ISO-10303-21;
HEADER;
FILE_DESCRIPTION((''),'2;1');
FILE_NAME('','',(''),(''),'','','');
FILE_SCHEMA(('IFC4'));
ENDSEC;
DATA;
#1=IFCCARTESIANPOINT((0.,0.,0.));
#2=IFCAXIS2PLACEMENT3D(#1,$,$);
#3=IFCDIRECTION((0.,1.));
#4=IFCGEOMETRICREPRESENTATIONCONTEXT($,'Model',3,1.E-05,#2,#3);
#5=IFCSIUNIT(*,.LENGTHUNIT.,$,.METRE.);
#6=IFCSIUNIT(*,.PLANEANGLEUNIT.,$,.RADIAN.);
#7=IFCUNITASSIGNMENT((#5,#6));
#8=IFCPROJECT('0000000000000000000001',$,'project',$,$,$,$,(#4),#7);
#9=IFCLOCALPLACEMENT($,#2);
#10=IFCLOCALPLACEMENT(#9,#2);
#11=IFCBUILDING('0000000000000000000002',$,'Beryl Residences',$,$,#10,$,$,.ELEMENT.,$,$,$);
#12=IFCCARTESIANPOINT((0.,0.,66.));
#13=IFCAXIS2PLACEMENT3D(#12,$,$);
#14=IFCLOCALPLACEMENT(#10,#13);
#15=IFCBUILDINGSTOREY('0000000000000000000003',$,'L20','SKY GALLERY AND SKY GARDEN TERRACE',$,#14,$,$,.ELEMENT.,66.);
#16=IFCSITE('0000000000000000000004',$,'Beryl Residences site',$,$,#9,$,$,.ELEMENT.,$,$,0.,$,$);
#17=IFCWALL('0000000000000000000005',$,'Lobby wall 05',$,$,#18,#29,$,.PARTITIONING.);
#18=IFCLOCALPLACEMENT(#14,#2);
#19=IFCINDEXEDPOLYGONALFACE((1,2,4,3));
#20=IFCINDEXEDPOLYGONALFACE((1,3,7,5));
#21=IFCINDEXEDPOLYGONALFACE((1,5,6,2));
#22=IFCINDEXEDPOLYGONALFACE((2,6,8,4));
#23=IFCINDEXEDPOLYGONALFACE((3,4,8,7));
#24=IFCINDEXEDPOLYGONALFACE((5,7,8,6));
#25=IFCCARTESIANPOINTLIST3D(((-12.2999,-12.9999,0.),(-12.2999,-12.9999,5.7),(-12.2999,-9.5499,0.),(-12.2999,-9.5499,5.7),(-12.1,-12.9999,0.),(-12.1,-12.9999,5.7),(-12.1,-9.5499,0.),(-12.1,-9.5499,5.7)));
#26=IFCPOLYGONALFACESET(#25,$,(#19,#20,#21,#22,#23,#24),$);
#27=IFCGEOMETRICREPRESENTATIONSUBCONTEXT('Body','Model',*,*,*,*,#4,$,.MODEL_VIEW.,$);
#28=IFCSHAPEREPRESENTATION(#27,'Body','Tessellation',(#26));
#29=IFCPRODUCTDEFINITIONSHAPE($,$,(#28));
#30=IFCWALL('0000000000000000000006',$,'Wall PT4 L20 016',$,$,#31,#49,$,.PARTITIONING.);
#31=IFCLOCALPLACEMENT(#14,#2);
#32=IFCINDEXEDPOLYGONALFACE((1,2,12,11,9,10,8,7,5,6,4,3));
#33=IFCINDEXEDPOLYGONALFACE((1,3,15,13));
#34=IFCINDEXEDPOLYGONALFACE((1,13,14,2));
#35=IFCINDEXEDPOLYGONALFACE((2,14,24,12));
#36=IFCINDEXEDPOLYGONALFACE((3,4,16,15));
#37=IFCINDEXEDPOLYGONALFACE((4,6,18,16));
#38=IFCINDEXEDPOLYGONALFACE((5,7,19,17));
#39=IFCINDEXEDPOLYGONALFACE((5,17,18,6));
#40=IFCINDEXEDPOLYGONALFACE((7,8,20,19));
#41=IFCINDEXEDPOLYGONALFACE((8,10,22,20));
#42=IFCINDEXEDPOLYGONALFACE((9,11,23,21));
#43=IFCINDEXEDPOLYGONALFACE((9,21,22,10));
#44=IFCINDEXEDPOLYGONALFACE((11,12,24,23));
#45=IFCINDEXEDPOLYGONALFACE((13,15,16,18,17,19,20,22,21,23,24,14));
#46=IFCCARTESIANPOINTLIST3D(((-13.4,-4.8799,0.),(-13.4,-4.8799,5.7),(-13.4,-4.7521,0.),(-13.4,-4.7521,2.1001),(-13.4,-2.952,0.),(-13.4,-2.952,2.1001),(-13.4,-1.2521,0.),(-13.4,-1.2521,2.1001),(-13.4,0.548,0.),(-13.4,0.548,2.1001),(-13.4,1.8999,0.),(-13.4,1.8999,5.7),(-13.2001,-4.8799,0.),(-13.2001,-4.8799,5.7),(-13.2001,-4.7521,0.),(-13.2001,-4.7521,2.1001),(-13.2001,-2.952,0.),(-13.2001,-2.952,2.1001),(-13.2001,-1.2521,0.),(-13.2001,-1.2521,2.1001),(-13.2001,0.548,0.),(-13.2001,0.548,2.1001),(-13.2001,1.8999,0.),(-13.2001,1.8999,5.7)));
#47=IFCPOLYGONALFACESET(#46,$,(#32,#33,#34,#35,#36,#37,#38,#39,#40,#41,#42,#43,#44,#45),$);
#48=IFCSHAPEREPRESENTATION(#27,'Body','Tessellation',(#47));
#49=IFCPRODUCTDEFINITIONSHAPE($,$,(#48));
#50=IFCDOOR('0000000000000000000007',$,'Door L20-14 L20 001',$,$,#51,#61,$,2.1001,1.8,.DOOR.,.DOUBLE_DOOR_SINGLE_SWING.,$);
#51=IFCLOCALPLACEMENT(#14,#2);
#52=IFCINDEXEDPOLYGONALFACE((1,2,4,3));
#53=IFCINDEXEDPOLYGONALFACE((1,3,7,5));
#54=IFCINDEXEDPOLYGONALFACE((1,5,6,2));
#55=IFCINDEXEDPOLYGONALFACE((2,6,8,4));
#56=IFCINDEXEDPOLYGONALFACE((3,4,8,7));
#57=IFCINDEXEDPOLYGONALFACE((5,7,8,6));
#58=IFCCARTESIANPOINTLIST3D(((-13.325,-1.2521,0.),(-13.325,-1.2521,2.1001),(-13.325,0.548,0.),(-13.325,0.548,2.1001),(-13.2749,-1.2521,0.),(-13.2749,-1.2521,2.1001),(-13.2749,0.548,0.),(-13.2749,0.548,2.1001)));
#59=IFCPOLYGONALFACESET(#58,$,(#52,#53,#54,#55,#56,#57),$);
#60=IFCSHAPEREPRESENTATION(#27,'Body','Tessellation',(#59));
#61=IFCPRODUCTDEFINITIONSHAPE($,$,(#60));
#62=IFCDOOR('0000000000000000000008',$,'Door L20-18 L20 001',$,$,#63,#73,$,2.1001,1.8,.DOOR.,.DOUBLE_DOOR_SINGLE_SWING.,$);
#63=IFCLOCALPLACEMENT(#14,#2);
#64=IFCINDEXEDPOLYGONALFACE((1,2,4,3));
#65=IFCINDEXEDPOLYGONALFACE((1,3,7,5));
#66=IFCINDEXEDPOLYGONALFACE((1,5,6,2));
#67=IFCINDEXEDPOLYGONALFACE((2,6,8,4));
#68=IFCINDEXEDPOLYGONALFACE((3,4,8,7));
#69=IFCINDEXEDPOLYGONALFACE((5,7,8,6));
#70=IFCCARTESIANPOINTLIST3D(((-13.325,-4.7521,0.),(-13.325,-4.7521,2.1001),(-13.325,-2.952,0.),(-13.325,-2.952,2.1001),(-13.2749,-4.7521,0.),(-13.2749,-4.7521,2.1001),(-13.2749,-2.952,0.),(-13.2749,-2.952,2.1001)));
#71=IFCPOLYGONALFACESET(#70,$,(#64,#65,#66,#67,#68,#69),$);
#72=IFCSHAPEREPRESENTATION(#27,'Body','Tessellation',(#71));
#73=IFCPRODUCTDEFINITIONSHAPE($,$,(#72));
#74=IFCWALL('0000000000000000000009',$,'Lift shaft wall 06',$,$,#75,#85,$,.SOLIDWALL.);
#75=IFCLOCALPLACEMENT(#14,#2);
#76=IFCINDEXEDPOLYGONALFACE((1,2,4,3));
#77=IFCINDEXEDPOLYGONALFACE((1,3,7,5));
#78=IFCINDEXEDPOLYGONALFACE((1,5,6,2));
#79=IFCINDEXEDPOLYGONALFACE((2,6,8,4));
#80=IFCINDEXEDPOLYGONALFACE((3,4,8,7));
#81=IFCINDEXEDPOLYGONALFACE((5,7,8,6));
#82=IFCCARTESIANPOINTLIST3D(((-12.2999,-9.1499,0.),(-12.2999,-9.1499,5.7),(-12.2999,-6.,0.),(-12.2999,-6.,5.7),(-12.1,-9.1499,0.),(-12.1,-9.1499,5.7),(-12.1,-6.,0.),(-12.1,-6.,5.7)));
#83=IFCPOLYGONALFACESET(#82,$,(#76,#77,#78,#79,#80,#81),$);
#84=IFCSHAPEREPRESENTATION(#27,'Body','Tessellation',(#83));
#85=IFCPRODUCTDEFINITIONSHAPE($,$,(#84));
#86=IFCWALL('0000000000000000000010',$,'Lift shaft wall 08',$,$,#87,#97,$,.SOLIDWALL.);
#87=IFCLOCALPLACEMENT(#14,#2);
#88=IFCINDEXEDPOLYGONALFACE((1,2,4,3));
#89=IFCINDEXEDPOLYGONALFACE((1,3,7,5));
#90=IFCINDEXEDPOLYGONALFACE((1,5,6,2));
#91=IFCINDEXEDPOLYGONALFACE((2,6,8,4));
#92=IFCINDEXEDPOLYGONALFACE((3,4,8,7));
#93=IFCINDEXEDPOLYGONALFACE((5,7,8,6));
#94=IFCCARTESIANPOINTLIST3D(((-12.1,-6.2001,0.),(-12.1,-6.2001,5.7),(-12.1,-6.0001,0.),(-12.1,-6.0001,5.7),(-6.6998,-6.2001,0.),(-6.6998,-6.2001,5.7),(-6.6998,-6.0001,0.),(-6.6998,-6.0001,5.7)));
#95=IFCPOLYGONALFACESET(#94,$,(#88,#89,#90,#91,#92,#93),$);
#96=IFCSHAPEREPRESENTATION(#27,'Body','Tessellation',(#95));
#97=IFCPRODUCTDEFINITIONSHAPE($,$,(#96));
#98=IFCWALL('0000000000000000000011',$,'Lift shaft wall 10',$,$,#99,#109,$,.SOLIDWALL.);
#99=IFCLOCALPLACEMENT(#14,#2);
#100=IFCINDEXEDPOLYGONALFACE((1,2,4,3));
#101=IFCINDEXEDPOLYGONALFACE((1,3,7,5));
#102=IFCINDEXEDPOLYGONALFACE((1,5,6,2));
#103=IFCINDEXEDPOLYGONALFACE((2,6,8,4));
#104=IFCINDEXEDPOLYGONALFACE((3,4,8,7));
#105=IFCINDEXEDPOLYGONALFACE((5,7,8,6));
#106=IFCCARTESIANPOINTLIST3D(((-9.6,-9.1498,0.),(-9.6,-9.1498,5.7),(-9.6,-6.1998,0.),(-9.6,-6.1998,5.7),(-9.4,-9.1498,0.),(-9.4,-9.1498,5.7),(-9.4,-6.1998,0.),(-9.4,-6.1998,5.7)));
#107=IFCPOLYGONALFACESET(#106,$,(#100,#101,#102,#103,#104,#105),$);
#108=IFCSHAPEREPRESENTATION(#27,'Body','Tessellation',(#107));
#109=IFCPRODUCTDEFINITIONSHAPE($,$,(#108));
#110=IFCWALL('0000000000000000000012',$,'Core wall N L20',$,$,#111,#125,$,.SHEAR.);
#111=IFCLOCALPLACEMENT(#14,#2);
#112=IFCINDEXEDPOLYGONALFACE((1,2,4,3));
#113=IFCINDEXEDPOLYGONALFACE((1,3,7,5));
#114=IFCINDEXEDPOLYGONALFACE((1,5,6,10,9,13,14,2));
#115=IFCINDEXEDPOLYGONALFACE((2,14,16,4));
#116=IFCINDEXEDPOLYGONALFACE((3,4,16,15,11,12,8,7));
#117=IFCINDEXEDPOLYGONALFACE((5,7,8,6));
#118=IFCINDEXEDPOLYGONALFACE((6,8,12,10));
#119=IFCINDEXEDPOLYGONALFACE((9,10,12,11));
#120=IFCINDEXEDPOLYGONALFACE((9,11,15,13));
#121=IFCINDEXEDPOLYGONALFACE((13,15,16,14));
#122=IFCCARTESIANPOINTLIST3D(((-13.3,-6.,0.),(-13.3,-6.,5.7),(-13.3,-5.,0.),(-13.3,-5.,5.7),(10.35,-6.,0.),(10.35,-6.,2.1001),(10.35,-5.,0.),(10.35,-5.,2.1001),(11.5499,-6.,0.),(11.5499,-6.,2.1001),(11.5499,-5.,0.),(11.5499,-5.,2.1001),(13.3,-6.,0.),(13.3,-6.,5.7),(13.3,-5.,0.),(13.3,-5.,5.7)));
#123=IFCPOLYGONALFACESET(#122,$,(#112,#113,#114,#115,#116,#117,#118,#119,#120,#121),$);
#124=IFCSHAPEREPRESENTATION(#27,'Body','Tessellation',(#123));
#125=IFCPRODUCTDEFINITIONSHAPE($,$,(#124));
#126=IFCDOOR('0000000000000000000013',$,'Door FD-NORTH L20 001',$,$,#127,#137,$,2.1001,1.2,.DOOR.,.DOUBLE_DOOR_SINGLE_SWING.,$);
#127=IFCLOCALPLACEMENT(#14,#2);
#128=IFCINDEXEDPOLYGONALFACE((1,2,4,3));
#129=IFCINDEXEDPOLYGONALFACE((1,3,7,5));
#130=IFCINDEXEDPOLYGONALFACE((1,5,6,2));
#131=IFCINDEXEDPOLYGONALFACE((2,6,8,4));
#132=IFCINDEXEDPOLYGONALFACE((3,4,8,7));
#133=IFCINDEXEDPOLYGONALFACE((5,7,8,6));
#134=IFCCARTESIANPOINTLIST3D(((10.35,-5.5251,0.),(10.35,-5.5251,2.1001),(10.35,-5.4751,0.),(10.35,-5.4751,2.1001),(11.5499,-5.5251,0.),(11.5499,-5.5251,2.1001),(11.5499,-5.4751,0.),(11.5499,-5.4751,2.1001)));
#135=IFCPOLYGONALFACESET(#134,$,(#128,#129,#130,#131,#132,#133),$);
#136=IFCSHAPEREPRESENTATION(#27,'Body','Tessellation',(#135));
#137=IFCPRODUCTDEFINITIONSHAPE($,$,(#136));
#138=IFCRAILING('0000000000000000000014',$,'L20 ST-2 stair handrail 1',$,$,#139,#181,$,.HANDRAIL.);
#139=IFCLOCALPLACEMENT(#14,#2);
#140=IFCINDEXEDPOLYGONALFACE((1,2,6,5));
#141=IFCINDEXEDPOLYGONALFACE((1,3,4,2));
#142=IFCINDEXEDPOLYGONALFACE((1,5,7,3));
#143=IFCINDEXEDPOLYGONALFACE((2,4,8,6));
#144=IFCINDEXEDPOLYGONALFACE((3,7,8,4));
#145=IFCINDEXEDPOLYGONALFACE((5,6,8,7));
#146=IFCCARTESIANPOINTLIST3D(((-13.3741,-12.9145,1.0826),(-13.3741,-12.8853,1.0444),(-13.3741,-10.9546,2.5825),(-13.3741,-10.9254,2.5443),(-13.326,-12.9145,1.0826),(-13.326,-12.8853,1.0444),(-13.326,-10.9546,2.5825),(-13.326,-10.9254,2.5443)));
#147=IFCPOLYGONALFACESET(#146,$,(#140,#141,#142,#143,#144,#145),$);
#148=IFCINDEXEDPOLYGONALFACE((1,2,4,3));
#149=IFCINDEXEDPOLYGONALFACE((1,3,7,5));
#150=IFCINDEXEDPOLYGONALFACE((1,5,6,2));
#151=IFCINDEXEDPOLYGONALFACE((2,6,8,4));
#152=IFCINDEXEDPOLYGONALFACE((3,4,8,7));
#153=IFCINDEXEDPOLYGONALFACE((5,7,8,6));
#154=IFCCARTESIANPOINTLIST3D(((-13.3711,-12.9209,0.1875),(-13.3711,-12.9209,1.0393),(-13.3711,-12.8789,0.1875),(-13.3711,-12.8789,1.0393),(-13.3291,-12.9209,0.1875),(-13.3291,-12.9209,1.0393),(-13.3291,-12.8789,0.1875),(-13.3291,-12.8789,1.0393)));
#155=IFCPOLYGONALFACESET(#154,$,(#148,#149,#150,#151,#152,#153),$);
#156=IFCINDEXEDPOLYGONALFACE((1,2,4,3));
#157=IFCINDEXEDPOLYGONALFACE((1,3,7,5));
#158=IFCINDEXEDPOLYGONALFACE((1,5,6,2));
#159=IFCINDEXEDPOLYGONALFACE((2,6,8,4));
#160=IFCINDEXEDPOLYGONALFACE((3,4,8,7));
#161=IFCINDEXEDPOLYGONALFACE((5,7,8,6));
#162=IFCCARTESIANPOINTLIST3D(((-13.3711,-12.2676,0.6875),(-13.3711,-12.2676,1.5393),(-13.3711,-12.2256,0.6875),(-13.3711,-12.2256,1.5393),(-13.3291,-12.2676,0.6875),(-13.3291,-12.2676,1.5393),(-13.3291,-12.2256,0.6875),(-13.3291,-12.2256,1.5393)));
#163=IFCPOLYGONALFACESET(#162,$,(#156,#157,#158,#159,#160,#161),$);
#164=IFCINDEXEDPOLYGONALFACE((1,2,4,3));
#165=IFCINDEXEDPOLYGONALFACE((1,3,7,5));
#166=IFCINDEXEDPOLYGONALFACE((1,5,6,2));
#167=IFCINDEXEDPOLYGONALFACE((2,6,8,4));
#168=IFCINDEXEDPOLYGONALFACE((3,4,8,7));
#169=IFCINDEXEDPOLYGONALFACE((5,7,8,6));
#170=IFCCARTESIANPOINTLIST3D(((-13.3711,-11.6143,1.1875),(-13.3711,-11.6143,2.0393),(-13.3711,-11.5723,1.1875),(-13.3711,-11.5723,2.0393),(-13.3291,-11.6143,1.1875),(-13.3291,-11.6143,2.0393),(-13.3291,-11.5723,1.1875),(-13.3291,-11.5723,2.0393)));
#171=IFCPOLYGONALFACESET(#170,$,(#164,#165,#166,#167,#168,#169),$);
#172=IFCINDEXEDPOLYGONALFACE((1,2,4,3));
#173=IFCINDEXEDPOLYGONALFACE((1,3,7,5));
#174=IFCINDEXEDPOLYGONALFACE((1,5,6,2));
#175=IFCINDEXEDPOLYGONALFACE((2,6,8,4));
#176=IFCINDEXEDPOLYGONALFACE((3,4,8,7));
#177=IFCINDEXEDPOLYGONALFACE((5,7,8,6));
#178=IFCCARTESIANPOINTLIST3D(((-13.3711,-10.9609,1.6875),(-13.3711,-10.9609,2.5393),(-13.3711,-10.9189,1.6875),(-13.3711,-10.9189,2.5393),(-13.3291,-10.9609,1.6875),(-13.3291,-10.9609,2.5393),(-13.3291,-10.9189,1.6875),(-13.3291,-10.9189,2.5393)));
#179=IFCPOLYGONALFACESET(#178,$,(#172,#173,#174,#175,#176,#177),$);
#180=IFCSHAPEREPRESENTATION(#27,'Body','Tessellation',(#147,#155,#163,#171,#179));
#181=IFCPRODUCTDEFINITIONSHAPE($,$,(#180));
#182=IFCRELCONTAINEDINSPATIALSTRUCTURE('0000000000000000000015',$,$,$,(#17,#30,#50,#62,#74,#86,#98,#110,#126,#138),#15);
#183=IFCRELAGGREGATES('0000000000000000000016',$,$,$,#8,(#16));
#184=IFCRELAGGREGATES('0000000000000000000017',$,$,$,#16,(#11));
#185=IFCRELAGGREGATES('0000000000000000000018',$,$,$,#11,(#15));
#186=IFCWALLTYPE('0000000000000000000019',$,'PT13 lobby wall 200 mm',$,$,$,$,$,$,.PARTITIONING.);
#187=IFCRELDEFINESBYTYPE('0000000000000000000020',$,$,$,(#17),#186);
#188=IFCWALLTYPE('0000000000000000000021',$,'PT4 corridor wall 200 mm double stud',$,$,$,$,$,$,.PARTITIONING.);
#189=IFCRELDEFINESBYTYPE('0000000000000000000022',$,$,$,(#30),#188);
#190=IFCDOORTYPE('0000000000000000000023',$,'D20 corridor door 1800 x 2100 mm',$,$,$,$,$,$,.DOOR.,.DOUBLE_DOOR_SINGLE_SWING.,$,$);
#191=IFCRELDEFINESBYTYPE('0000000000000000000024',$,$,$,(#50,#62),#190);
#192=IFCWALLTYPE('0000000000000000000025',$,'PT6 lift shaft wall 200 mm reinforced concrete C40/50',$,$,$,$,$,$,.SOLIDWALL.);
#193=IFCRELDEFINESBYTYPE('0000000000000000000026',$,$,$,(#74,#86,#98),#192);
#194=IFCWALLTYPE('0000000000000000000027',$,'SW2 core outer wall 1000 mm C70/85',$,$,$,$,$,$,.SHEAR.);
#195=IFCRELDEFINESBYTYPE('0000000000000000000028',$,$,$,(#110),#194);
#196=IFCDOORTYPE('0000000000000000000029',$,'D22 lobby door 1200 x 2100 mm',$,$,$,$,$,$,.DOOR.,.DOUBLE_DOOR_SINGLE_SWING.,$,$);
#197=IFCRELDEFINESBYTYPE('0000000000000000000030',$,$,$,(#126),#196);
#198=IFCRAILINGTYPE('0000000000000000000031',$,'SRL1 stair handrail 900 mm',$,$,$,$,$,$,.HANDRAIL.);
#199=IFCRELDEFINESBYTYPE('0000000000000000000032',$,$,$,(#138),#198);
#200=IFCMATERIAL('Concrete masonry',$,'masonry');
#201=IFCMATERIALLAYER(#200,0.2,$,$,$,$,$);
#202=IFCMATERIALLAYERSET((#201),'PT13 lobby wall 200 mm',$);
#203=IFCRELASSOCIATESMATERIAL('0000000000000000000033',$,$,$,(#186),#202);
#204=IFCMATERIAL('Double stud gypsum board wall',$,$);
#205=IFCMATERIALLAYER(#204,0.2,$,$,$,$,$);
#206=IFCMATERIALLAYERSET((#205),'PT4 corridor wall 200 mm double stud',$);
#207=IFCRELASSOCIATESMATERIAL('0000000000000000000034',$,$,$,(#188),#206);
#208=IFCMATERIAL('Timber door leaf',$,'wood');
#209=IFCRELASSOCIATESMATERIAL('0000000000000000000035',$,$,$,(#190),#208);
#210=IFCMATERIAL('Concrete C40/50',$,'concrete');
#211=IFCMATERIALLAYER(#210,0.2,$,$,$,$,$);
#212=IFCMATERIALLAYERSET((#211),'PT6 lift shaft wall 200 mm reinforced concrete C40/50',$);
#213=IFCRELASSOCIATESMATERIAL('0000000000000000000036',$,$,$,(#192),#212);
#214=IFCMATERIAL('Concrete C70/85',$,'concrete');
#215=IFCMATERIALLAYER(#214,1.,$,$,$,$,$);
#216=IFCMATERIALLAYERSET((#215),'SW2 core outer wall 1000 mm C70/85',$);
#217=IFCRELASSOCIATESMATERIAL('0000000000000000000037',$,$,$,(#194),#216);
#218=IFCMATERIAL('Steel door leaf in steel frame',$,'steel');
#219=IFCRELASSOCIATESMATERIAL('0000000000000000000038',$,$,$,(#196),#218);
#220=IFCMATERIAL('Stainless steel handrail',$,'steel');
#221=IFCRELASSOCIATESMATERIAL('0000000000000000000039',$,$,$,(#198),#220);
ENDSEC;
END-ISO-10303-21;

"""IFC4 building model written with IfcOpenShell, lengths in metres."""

from ifc_helpers import new_model, si_unit, direction, frame, frame_2d, origin, origin_2d, place, context, subcontext, project, spatial, rectangle, extrude, material, layer, layer_set, type_object, element, fill, save


model = new_model("IFC4")

# Units and contexts
model_context = context("Model", 3, precision=1e-05, world=origin(), true_north=direction((0.0, 1.0)))
body_context = subcontext(model_context, "Body", "Model", "MODEL_VIEW")
ifc_project = project(units=[si_unit("LENGTHUNIT", "METRE"), si_unit("PLANEANGLEUNIT", "RADIAN")], contexts=[model_context])

# Site, building, storey
site_placement = place(None, origin())
site = spatial("IfcSite", under=ifc_project, at=site_placement, Name="Beryl Residences site", CompositionType="ELEMENT", RefElevation=0.0)
building_placement = place(site_placement, origin())
building = spatial("IfcBuilding", under=site, at=building_placement, Name="Beryl Residences", CompositionType="ELEMENT")
storey_placement = place(building_placement, frame((0.0, 0.0, 66.0)))
storey = spatial("IfcBuildingStorey", under=building, at=storey_placement, Name="L20", Description="SKY GALLERY AND SKY GARDEN TERRACE", CompositionType="ELEMENT", Elevation=66.0)

# Wall
ifc_material_1 = material(Name="Concrete masonry", Category="masonry")
ifc_layer_1 = layer(ifc_material_1, 0.2)
ifc_layer_set_1 = layer_set([ifc_layer_1], Name="PT13 lobby wall 200 mm")
wall_type_1 = type_object("IfcWallType", Name="PT13 lobby wall 200 mm", PredefinedType="PARTITIONING", material=ifc_layer_set_1)
wall_1_placement = place(storey_placement, frame((-12.2, -13.0, 0.0), z_axis=(0.0, 0.0, 1.0), x_axis=(0.0, 1.0, 0.0)))
element("IfcWall", 1, at=wall_1_placement, inside=storey, type_object=wall_type_1, Name="Lobby wall 05", PredefinedType="PARTITIONING", context=body_context, shape_type="SweptSolid", body=[
    extrude(rectangle(XDim=3.45, YDim=0.2, at=frame_2d((1.7251, 0.0))), origin(), (0.0, 0.0, 1.0), 5.7),
])

# Wall, openings, doors
ifc_material_2 = material(Name="Double stud gypsum board wall")
ifc_layer_2 = layer(ifc_material_2, 0.2)
ifc_layer_set_2 = layer_set([ifc_layer_2], Name="PT4 corridor wall 200 mm double stud")
wall_type_2 = type_object("IfcWallType", Name="PT4 corridor wall 200 mm double stud", PredefinedType="PARTITIONING", material=ifc_layer_set_2)
wall_2_placement = place(storey_placement, frame((-13.3, -4.8799, 0.0), z_axis=(0.0, 0.0, 1.0), x_axis=(0.0, 1.0, 0.0)))
wall_2 = element("IfcWall", 2, at=wall_2_placement, inside=storey, type_object=wall_type_2, Name="Wall PT4 L20 016", PredefinedType="PARTITIONING", context=body_context, shape_type="SweptSolid", body=[
    extrude(rectangle(XDim=6.7798, YDim=0.2, at=frame_2d((3.3899, 0.0))), origin(), (0.0, 0.0, 1.0), 5.7),
])
opening_1_placement = place(wall_2_placement, frame((3.6279, 0.0, 0.0)))
opening_1 = element("IfcOpeningElement", 3, at=opening_1_placement, cuts=wall_2, PredefinedType="OPENING", context=body_context, shape_type="SweptSolid", body=[
    extrude(rectangle(XDim=1.8, YDim=2.1001, at=frame_2d((0.8999, 1.05))), frame((0.0, 0.1099, 0.0), z_axis=(0.0, -1.0, 0.0), x_axis=(1.0, 0.0, 0.0)), (0.0, 0.0, 1.0), 0.22),
])
opening_2_placement = place(wall_2_placement, frame((0.1279, 0.0, 0.0)))
opening_2 = element("IfcOpeningElement", 4, at=opening_2_placement, cuts=wall_2, PredefinedType="OPENING", context=body_context, shape_type="SweptSolid", body=[
    extrude(rectangle(XDim=1.8, YDim=2.1001, at=frame_2d((0.8999, 1.05))), frame((0.0, 0.1099, 0.0), z_axis=(0.0, -1.0, 0.0), x_axis=(1.0, 0.0, 0.0)), (0.0, 0.0, 1.0), 0.22),
])
ifc_material_3 = material(Name="Timber door leaf", Category="wood")
door_type_1 = type_object("IfcDoorType", Name="D20 corridor door 1800 x 2100 mm", OperationType="DOUBLE_DOOR_SINGLE_SWING", PredefinedType="DOOR", material=ifc_material_3)
door_1_placement = place(opening_1_placement, origin())
door_1 = element("IfcDoor", 5, at=door_1_placement, inside=storey, type_object=door_type_1, Name="Door L20-14 L20 001", OperationType="DOUBLE_DOOR_SINGLE_SWING", OverallHeight=2.1001, OverallWidth=1.8, PredefinedType="DOOR", context=body_context, shape_type="SweptSolid", body=[
    extrude(rectangle(XDim=1.8, YDim=2.1001, at=frame_2d((0.8999, 1.05))), frame((0.0, 0.0249, 0.0), z_axis=(0.0, -1.0, 0.0), x_axis=(1.0, 0.0, 0.0)), (0.0, 0.0, 1.0), 0.05),
])
fill(opening_1, door_1)
door_2_placement = place(opening_2_placement, origin())
door_2 = element("IfcDoor", 6, at=door_2_placement, inside=storey, type_object=door_type_1, Name="Door L20-18 L20 001", OperationType="DOUBLE_DOOR_SINGLE_SWING", OverallHeight=2.1001, OverallWidth=1.8, PredefinedType="DOOR", context=body_context, shape_type="SweptSolid", body=[
    extrude(rectangle(XDim=1.8, YDim=2.1001, at=frame_2d((0.8999, 1.05))), frame((0.0, 0.0249, 0.0), z_axis=(0.0, -1.0, 0.0), x_axis=(1.0, 0.0, 0.0)), (0.0, 0.0, 1.0), 0.05),
])
fill(opening_2, door_2)

# Walls
ifc_material_4 = material(Name="Concrete C40/50", Category="concrete")
ifc_layer_3 = layer(ifc_material_4, 0.2)
ifc_layer_set_3 = layer_set([ifc_layer_3], Name="PT6 lift shaft wall 200 mm reinforced concrete C40/50")
wall_type_3 = type_object("IfcWallType", Name="PT6 lift shaft wall 200 mm reinforced concrete C40/50", PredefinedType="SOLIDWALL", material=ifc_layer_set_3)
wall_3_placement = place(storey_placement, frame((-12.2, -9.1499, 0.0), z_axis=(0.0, 0.0, 1.0), x_axis=(0.0, 1.0, 0.0)))
element("IfcWall", 7, at=wall_3_placement, inside=storey, type_object=wall_type_3, Name="Lift shaft wall 06", PredefinedType="SOLIDWALL", context=body_context, shape_type="SweptSolid", body=[
    extrude(rectangle(XDim=3.1499, YDim=0.2, at=frame_2d((1.575, 0.0))), origin(), (0.0, 0.0, 1.0), 5.7),
])
wall_4_placement = place(storey_placement, frame((-12.1001, -6.1001, 0.0), z_axis=(0.0, 0.0, 1.0), x_axis=(1.0, 0.0, 0.0)))
element("IfcWall", 8, at=wall_4_placement, inside=storey, type_object=wall_type_3, Name="Lift shaft wall 08", PredefinedType="SOLIDWALL", context=body_context, shape_type="SweptSolid", body=[
    extrude(rectangle(XDim=5.4001, YDim=0.2, at=frame_2d((2.7002, 0.0))), origin(), (0.0, 0.0, 1.0), 5.7),
])
wall_5_placement = place(storey_placement, frame((-9.5, -9.1499, 0.0), z_axis=(0.0, 0.0, 1.0), x_axis=(0.0, 1.0, 0.0)))
element("IfcWall", 9, at=wall_5_placement, inside=storey, type_object=wall_type_3, Name="Lift shaft wall 10", PredefinedType="SOLIDWALL", context=body_context, shape_type="SweptSolid", body=[
    extrude(rectangle(XDim=2.95, YDim=0.2, at=frame_2d((1.4751, 0.0))), origin(), (0.0, 0.0, 1.0), 5.7),
])

# Wall, opening, door
ifc_material_5 = material(Name="Concrete C70/85", Category="concrete")
ifc_layer_4 = layer(ifc_material_5, 1.0)
ifc_layer_set_4 = layer_set([ifc_layer_4], Name="SW2 core outer wall 1000 mm C70/85")
wall_type_4 = type_object("IfcWallType", Name="SW2 core outer wall 1000 mm C70/85", PredefinedType="SHEAR", material=ifc_layer_set_4)
wall_6_placement = place(storey_placement, frame((-13.3, -5.5, 0.0), z_axis=(0.0, 0.0, 1.0), x_axis=(1.0, 0.0, 0.0)))
wall_6 = element("IfcWall", 10, at=wall_6_placement, inside=storey, type_object=wall_type_4, Name="Core wall N L20", PredefinedType="SHEAR", context=body_context, shape_type="SweptSolid", body=[
    extrude(rectangle(XDim=26.6001, YDim=1.0, at=frame_2d((13.3, 0.0))), origin(), (0.0, 0.0, 1.0), 5.7),
])
opening_3_placement = place(wall_6_placement, frame((23.6499, 0.0, 0.0)))
opening_3 = element("IfcOpeningElement", 11, at=opening_3_placement, cuts=wall_6, PredefinedType="OPENING", context=body_context, shape_type="SweptSolid", body=[
    extrude(rectangle(XDim=1.2, YDim=2.1001, at=frame_2d((0.6001, 1.05))), frame((0.0, 0.51, 0.0), z_axis=(0.0, -1.0, 0.0), x_axis=(1.0, 0.0, 0.0)), (0.0, 0.0, 1.0), 1.02),
])
ifc_material_6 = material(Name="Steel door leaf in steel frame", Category="steel")
door_type_2 = type_object("IfcDoorType", Name="D22 lobby door 1200 x 2100 mm", OperationType="DOUBLE_DOOR_SINGLE_SWING", PredefinedType="DOOR", material=ifc_material_6)
door_3_placement = place(opening_3_placement, origin())
door_3 = element("IfcDoor", 12, at=door_3_placement, inside=storey, type_object=door_type_2, Name="Door FD-NORTH L20 001", OperationType="DOUBLE_DOOR_SINGLE_SWING", OverallHeight=2.1001, OverallWidth=1.2, PredefinedType="DOOR", context=body_context, shape_type="SweptSolid", body=[
    extrude(rectangle(XDim=1.2, YDim=2.1001, at=frame_2d((0.6001, 1.05))), frame((0.0, 0.0249, 0.0), z_axis=(0.0, -1.0, 0.0), x_axis=(1.0, 0.0, 0.0)), (0.0, 0.0, 1.0), 0.05),
])
fill(opening_3, door_3)

# Railing
ifc_material_7 = material(Name="Stainless steel handrail", Category="steel")
railing_type = type_object("IfcRailingType", Name="SRL1 stair handrail 900 mm", PredefinedType="HANDRAIL", material=ifc_material_7)
for number, where, name in (
    (13, (-13.3501, -12.8999, 0.1875), "L20 ST-2 stair handrail 1"),
):
    element("IfcRailing", number, at=place(storey_placement, frame(where)), inside=storey, type_object=railing_type, Name=name, PredefinedType="HANDRAIL", context=body_context, shape_type="SweptSolid", body=[
        extrude(rectangle(XDim=0.0481, YDim=0.0481, at=origin_2d()), frame((0.0, 0.0, 0.876), z_axis=(0.0, 0.794122, 0.607758), x_axis=(-1.0, 0.0, 0.0)), (0.0, 0.0, 1.0), 2.468),
        extrude(rectangle(XDim=0.042, YDim=0.042, at=origin_2d()), origin(), (0.0, 0.0, 1.0), 0.8518),
        extrude(rectangle(XDim=0.042, YDim=0.042, at=origin_2d()), frame((0.0, 0.6533, 0.5)), (0.0, 0.0, 1.0), 0.8518),
        extrude(rectangle(XDim=0.042, YDim=0.042, at=origin_2d()), frame((0.0, 1.3066, 1.0)), (0.0, 0.0, 1.0), 0.8518),
        extrude(rectangle(XDim=0.042, YDim=0.042, at=origin_2d()), frame((0.0, 1.96, 1.5)), (0.0, 0.0, 1.0), 0.8518),
    ])

save(model, "model.ifc")
